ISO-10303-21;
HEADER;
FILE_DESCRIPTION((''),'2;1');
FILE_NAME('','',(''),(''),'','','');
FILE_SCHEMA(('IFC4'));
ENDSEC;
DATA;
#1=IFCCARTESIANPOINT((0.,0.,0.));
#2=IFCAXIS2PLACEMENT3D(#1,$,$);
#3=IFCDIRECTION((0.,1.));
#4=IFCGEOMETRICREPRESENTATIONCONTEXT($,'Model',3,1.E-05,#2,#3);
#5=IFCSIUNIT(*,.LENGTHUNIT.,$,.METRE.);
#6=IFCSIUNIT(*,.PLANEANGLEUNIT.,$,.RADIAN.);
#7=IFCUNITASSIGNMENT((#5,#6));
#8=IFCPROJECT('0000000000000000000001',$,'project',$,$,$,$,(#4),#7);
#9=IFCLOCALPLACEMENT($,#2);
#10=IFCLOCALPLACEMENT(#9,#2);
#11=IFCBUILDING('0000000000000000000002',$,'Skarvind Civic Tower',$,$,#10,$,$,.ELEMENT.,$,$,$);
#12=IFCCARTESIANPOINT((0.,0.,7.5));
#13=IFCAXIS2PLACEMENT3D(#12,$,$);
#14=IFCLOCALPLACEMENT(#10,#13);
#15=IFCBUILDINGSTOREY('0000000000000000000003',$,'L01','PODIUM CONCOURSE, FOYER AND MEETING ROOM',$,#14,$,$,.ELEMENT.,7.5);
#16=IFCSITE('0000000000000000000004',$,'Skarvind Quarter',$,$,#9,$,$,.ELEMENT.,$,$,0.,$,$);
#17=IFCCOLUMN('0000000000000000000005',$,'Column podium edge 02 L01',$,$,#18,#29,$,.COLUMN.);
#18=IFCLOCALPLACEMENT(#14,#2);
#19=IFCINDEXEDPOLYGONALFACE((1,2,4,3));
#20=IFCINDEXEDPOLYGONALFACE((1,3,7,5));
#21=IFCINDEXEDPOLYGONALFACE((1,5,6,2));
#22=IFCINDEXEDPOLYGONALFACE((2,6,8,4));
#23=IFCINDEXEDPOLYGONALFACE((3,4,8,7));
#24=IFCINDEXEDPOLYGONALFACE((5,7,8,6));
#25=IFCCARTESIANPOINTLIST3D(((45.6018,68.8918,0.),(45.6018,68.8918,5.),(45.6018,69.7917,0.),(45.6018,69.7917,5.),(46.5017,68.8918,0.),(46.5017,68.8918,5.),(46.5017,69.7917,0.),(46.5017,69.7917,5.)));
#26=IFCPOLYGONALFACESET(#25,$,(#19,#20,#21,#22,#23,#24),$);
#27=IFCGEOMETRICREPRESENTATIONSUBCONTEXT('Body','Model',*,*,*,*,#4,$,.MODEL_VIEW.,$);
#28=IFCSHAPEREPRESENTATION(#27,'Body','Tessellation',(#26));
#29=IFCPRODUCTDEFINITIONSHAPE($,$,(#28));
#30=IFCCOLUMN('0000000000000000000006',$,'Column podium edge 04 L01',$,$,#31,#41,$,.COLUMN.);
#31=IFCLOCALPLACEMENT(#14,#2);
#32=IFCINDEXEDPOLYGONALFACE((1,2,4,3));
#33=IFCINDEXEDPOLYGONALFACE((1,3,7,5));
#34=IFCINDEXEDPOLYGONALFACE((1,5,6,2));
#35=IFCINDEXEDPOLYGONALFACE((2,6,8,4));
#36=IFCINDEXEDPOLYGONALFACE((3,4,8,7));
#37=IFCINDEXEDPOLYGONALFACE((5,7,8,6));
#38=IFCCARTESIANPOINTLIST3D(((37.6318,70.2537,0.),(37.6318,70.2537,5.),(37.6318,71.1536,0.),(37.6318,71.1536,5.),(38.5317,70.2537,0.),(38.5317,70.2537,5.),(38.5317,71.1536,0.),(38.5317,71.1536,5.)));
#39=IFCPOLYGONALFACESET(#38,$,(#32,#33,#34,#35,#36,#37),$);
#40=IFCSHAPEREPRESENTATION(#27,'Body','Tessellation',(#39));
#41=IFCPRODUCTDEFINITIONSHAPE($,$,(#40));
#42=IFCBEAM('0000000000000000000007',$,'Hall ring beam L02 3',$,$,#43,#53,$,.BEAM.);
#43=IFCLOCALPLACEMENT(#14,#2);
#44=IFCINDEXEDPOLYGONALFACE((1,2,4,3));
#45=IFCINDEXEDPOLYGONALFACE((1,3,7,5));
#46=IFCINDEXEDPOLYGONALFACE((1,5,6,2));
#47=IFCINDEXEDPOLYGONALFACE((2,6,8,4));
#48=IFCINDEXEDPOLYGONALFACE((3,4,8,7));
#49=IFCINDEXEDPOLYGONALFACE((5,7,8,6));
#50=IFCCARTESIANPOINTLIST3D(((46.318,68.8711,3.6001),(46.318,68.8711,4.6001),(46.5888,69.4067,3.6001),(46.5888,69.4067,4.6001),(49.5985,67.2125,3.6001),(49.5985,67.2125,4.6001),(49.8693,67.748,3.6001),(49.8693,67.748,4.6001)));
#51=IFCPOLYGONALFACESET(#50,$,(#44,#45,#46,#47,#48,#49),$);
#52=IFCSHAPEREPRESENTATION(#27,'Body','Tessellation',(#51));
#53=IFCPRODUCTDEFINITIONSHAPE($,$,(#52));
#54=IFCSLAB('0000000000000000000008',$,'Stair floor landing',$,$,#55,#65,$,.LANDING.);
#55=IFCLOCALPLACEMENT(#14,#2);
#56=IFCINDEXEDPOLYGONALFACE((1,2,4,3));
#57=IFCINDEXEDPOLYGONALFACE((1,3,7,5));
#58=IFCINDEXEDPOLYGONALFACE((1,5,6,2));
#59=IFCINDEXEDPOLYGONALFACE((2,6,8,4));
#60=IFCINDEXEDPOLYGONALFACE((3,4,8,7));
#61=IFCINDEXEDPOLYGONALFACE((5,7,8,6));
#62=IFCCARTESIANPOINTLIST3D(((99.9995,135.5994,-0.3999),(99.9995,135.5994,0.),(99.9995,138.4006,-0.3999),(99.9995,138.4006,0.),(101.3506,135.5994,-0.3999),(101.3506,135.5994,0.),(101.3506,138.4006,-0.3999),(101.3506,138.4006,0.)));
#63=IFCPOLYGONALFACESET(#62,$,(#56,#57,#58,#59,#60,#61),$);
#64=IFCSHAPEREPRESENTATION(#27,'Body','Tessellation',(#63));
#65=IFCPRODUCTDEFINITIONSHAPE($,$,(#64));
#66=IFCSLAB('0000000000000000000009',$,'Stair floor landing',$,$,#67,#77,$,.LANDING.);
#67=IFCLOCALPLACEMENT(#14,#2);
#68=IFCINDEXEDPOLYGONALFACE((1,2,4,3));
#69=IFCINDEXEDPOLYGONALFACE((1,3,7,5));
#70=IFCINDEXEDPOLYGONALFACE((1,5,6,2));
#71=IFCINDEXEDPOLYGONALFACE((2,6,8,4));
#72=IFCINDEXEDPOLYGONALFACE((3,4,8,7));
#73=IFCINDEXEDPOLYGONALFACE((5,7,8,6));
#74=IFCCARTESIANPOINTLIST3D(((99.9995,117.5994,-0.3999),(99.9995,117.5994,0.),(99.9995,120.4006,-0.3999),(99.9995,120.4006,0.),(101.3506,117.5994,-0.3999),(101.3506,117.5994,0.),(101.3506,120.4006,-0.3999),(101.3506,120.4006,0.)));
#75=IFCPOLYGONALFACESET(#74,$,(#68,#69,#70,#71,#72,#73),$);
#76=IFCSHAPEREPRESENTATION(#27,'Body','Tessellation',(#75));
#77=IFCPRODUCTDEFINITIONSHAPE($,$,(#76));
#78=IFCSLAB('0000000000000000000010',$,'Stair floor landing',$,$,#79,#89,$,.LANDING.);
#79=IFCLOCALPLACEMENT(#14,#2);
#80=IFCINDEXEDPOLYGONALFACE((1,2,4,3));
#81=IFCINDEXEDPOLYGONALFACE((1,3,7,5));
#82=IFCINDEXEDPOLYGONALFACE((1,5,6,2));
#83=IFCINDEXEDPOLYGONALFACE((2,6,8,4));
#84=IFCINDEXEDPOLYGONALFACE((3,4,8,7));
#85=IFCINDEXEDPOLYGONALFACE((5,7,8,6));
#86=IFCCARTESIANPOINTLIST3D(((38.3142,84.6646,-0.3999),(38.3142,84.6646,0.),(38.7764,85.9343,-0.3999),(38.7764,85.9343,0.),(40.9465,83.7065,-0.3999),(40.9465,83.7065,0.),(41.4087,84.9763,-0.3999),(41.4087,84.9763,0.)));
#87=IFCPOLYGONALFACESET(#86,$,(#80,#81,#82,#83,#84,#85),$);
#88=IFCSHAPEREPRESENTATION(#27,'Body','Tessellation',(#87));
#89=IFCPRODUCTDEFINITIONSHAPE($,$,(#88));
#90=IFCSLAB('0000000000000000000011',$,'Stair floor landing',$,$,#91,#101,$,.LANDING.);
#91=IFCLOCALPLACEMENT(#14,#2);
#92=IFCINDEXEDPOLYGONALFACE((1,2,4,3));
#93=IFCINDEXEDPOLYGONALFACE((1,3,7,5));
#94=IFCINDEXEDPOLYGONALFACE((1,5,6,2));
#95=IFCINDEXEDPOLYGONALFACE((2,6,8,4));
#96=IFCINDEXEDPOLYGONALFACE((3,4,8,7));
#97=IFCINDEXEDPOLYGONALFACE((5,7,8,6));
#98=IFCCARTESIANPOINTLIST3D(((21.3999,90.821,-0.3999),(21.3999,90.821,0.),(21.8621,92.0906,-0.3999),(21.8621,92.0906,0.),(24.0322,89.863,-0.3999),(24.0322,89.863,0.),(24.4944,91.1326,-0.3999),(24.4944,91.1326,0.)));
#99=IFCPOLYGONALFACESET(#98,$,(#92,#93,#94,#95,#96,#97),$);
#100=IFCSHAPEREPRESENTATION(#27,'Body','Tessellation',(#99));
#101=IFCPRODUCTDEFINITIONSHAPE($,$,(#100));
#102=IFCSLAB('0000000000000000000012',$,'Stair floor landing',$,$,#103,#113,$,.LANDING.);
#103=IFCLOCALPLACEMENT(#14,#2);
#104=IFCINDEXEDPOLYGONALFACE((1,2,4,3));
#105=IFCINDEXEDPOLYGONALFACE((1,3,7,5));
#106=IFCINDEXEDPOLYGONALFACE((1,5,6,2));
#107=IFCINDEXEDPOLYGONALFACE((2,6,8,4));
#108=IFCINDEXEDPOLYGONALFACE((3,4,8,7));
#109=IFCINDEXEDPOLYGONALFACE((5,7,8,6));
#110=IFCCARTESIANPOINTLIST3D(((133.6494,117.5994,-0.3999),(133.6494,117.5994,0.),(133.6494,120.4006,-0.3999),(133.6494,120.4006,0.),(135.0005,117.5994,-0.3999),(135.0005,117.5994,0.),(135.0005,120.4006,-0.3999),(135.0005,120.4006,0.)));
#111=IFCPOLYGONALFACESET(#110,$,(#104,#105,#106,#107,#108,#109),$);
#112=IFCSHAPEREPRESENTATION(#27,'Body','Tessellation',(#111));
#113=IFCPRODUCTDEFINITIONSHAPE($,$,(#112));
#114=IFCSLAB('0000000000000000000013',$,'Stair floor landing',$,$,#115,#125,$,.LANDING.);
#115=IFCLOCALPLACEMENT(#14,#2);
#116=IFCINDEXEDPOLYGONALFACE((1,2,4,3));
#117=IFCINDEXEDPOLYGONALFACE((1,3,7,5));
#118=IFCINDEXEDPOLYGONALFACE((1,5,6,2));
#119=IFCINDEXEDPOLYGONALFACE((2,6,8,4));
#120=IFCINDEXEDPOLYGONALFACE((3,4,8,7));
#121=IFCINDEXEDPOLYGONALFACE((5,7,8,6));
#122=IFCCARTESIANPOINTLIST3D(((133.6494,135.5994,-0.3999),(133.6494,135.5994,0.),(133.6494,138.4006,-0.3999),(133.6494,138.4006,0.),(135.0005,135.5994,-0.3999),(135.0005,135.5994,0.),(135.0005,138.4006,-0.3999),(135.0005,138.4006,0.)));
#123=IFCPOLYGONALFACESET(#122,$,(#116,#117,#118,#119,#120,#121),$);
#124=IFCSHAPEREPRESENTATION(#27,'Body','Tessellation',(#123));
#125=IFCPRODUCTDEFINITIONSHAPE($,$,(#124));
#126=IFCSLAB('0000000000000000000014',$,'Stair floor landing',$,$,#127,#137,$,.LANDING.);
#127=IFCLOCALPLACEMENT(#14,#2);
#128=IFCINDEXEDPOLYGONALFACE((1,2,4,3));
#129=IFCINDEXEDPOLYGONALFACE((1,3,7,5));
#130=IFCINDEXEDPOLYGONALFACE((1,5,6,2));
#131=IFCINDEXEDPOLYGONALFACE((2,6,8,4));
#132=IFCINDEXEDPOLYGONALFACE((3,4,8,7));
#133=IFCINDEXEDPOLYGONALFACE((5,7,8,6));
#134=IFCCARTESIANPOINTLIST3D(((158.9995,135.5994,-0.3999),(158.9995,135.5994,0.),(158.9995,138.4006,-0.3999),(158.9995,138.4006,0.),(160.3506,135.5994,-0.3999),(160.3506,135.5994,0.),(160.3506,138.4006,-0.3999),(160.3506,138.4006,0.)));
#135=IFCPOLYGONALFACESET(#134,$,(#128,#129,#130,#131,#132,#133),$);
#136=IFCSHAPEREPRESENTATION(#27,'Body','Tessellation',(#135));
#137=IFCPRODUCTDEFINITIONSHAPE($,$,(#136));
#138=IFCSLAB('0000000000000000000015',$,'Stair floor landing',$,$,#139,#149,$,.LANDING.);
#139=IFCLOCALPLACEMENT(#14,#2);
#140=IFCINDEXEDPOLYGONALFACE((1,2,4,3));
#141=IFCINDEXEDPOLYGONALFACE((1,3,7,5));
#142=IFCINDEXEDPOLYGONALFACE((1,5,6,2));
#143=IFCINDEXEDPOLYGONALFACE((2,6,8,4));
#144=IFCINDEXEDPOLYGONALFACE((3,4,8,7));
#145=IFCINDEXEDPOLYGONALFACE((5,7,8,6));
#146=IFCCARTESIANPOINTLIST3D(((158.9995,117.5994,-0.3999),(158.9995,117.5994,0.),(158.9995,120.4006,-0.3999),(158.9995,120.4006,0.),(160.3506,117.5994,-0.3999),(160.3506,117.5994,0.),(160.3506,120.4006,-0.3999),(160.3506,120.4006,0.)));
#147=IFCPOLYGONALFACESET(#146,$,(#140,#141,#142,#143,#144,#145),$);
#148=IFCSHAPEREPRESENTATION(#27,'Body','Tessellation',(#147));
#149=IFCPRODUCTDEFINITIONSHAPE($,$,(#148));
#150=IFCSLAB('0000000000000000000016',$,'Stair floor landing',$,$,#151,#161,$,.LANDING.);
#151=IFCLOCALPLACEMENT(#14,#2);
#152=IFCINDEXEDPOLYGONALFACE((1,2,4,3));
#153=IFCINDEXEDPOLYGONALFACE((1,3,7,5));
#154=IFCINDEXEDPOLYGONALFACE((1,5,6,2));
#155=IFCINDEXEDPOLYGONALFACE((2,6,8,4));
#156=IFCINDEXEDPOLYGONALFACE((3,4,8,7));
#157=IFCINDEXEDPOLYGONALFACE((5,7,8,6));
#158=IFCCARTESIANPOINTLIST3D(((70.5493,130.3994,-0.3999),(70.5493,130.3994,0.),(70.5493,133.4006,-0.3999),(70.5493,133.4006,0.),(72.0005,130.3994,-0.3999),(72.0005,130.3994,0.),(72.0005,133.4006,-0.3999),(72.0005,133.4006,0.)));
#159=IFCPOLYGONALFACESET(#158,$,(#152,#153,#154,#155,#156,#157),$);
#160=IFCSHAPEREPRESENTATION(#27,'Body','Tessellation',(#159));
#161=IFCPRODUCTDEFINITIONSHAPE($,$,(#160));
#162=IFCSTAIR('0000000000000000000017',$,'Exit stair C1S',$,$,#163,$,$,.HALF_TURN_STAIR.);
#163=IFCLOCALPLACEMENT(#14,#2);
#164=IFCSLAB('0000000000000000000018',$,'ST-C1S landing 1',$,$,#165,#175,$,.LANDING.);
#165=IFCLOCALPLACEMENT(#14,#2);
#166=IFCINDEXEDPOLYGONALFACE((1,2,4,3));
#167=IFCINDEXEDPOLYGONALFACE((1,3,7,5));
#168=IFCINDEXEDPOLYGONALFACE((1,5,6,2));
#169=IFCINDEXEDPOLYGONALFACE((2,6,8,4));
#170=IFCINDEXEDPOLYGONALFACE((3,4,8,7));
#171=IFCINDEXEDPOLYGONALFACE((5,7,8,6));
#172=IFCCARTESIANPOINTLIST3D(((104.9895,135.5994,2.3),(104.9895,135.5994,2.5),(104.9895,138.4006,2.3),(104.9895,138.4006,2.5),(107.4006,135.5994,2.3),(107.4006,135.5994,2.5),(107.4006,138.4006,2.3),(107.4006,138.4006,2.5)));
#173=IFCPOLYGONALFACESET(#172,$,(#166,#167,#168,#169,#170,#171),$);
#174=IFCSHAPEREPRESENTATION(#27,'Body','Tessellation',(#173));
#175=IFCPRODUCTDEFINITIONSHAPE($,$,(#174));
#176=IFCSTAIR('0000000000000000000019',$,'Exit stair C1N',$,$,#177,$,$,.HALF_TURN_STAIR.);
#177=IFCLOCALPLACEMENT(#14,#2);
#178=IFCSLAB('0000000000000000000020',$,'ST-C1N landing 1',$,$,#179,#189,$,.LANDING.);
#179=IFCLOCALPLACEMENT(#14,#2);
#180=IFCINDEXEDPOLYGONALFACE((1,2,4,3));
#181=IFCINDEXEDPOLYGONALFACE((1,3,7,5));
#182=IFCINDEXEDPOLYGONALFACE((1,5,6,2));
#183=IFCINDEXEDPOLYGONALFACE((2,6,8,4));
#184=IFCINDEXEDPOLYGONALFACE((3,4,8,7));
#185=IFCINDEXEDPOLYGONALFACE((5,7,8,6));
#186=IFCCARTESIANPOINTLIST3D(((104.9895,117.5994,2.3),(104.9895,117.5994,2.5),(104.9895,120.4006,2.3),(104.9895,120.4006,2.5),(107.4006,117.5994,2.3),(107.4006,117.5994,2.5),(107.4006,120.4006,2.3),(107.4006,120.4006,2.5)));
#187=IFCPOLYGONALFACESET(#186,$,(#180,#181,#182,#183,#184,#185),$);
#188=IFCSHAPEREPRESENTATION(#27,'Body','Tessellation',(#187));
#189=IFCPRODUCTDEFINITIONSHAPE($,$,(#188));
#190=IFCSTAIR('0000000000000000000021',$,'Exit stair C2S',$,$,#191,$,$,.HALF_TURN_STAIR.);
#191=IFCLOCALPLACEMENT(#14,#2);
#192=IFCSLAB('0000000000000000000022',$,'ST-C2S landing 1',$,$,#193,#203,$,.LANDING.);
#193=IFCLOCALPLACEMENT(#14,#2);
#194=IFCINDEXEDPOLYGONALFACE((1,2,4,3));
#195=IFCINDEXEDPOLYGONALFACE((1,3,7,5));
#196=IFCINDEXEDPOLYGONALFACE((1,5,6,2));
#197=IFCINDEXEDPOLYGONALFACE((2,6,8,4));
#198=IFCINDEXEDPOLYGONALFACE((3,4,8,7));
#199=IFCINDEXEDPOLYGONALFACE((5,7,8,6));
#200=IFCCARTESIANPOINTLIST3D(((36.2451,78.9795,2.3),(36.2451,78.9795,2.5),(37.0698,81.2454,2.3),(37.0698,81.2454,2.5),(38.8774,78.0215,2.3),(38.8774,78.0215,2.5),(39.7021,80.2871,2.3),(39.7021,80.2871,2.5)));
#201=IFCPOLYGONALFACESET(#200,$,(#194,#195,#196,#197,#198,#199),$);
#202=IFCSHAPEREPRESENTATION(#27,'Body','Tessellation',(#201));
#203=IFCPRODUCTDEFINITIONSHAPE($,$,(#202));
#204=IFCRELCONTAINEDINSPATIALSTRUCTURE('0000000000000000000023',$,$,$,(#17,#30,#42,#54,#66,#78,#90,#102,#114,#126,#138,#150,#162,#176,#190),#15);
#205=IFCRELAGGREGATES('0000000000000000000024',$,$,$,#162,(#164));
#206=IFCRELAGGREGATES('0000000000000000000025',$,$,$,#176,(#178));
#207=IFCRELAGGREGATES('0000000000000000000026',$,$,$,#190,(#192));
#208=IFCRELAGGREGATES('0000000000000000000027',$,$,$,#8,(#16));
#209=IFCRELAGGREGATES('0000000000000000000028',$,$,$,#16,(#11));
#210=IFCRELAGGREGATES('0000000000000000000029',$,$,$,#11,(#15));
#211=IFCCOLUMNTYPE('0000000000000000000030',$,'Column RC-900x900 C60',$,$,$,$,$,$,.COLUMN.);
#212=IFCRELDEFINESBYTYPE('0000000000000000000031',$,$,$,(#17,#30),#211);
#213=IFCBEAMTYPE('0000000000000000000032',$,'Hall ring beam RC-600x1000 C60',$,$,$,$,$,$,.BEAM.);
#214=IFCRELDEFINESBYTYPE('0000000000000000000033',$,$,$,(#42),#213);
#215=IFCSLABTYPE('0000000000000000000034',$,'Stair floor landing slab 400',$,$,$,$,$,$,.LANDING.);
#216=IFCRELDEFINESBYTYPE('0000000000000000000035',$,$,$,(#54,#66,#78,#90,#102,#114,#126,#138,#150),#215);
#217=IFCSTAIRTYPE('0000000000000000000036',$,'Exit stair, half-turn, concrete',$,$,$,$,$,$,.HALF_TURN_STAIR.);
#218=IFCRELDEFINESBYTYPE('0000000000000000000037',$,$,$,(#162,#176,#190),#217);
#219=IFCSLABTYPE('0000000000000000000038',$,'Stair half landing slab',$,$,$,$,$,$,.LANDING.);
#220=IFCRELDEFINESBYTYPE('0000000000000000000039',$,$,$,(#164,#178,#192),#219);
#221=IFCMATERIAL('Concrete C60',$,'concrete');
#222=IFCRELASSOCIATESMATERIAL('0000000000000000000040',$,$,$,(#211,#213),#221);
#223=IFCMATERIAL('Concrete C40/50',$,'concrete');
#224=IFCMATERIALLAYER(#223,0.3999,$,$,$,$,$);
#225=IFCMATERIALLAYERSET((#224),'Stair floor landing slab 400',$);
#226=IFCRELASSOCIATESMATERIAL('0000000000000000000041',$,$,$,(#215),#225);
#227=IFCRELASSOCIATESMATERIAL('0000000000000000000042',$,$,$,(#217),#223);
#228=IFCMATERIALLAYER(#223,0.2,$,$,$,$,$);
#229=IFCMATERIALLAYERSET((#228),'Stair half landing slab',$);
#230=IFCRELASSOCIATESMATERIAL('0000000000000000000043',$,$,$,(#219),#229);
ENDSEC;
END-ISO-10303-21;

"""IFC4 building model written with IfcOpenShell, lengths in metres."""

from ifc_helpers import new_model, si_unit, direction, frame, origin, origin_2d, place, context, subcontext, project, spatial, polyline, rectangle, outline, extrude, material, layer, layer_set, material_profile, profile_set, type_object, element, aggregate, save


model = new_model("IFC4")

# Units and contexts
model_context = context("Model", 3, precision=1e-05, world=origin(), true_north=direction((0.0, 1.0)))
body_context = subcontext(model_context, "Body", "Model", "MODEL_VIEW")
ifc_project = project(units=[si_unit("LENGTHUNIT", "METRE"), si_unit("PLANEANGLEUNIT", "RADIAN")], contexts=[model_context])

# Site, building, storey
site_placement = place(None, origin())
site = spatial("IfcSite", under=ifc_project, at=site_placement, Name="Skarvind Quarter", CompositionType="ELEMENT", RefElevation=0.0)
building_placement = place(site_placement, origin())
building = spatial("IfcBuilding", under=site, at=building_placement, Name="Skarvind Civic Tower", CompositionType="ELEMENT")
storey_placement = place(building_placement, frame((0.0, 0.0, 7.5)))
storey = spatial("IfcBuildingStorey", under=building, at=storey_placement, Name="L01", Description="PODIUM CONCOURSE, FOYER AND MEETING ROOM", CompositionType="ELEMENT", Elevation=7.5)

# Columns
ifc_material_1 = material(Name="Concrete C60", Category="concrete")
ifc_material_profile_1 = material_profile(ifc_material_1, rectangle(XDim=0.8999, YDim=0.8999, at=origin_2d()), Name="RC-900x900")
ifc_profile_set_1 = profile_set([ifc_material_profile_1], Name="Concrete C60")
column_type = type_object("IfcColumnType", Name="Column RC-900x900 C60", PredefinedType="COLUMN", material=ifc_profile_set_1)
for number, where, z_axis, x_axis, name in (
    (1, (46.0518, 69.3418, 0.0), (0.0, 0.0, 1.0), (1.0, 0.0, 0.0), "Column podium edge 02 L01"),
    (2, (38.0818, 70.7036, 0.0), (0.0, 0.0, 1.0), (1.0, 0.0, 0.0), "Column podium edge 04 L01"),
):
    element("IfcColumn", number, at=place(storey_placement, frame(where, z_axis=z_axis, x_axis=x_axis)), inside=storey, type_object=column_type, Name=name, PredefinedType="COLUMN", context=body_context, shape_type="SweptSolid", body=[
        extrude(rectangle(XDim=0.8999, YDim=0.8999, at=origin_2d()), origin(), (0.0, 0.0, 1.0), 5.0),
    ])

# Beam
ifc_material_profile_2 = material_profile(ifc_material_1, rectangle(XDim=0.6001, YDim=1.0, at=origin_2d()), Name="RC-600x1000")
ifc_profile_set_2 = profile_set([ifc_material_profile_2], Name="Concrete C60")
beam_type = type_object("IfcBeamType", Name="Hall ring beam RC-600x1000 C60", PredefinedType="BEAM", material=ifc_profile_set_2)
beam_placement = place(storey_placement, frame((46.4534, 69.1389, 4.1001), z_axis=(0.892412, -0.451221, 0.0), x_axis=(0.451221, 0.892412, 0.0)))
element("IfcBeam", 3, at=beam_placement, inside=storey, type_object=beam_type, Name="Hall ring beam L02 3", PredefinedType="BEAM", context=body_context, shape_type="SweptSolid", body=[
    extrude(rectangle(XDim=0.6001, YDim=1.0, at=origin_2d()), origin(), (0.0, 0.0, 1.0), 3.676),
])

# Slabs
ifc_material_2 = material(Name="Concrete C40/50", Category="concrete")
ifc_layer_1 = layer(ifc_material_2, 0.3999)
ifc_layer_set_1 = layer_set([ifc_layer_1], Name="Stair floor landing slab 400")
slab_type_1 = type_object("IfcSlabType", Name="Stair floor landing slab 400", PredefinedType="LANDING", material=ifc_layer_set_1)
slab_1_placement = place(storey_placement, frame((0.0, 0.0, -0.3999)))
element("IfcSlab", 4, at=slab_1_placement, inside=storey, type_object=slab_type_1, Name="Stair floor landing", PredefinedType="LANDING", context=body_context, shape_type="SweptSolid", body=[
    extrude(outline(polyline([(101.3506, 138.4006), (101.3506, 135.5994), (99.9995, 135.5994), (99.9995, 138.4006), (101.3506, 138.4006)])), origin(), (0.0, 0.0, 1.0), 0.3999),
])
slab_2_placement = place(storey_placement, frame((0.0, 0.0, -0.3999)))
element("IfcSlab", 5, at=slab_2_placement, inside=storey, type_object=slab_type_1, Name="Stair floor landing", PredefinedType="LANDING", context=body_context, shape_type="SweptSolid", body=[
    extrude(outline(polyline([(101.3506, 120.4006), (101.3506, 117.5994), (99.9995, 117.5994), (99.9995, 120.4006), (101.3506, 120.4006)])), origin(), (0.0, 0.0, 1.0), 0.3999),
])
slab_3_placement = place(storey_placement, frame((0.0, 0.0, -0.3999)))
element("IfcSlab", 6, at=slab_3_placement, inside=storey, type_object=slab_type_1, Name="Stair floor landing", PredefinedType="LANDING", context=body_context, shape_type="SweptSolid", body=[
    extrude(outline(polyline([(40.9465, 83.7065), (38.3142, 84.6646), (38.7764, 85.9343), (41.4087, 84.9763), (40.9465, 83.7065)])), origin(), (0.0, 0.0, 1.0), 0.3999),
])
slab_4_placement = place(storey_placement, frame((0.0, 0.0, -0.3999)))
element("IfcSlab", 7, at=slab_4_placement, inside=storey, type_object=slab_type_1, Name="Stair floor landing", PredefinedType="LANDING", context=body_context, shape_type="SweptSolid", body=[
    extrude(outline(polyline([(24.0322, 89.863), (21.3999, 90.821), (21.8621, 92.0906), (24.4944, 91.1326), (24.0322, 89.863)])), origin(), (0.0, 0.0, 1.0), 0.3999),
])
slab_5_placement = place(storey_placement, frame((0.0, 0.0, -0.3999)))
element("IfcSlab", 8, at=slab_5_placement, inside=storey, type_object=slab_type_1, Name="Stair floor landing", PredefinedType="LANDING", context=body_context, shape_type="SweptSolid", body=[
    extrude(outline(polyline([(133.6494, 117.5994), (133.6494, 120.4006), (135.0005, 120.4006), (135.0005, 117.5994), (133.6494, 117.5994)])), origin(), (0.0, 0.0, 1.0), 0.3999),
])
slab_6_placement = place(storey_placement, frame((0.0, 0.0, -0.3999)))
element("IfcSlab", 9, at=slab_6_placement, inside=storey, type_object=slab_type_1, Name="Stair floor landing", PredefinedType="LANDING", context=body_context, shape_type="SweptSolid", body=[
    extrude(outline(polyline([(133.6494, 135.5994), (133.6494, 138.4006), (135.0005, 138.4006), (135.0005, 135.5994), (133.6494, 135.5994)])), origin(), (0.0, 0.0, 1.0), 0.3999),
])
slab_7_placement = place(storey_placement, frame((0.0, 0.0, -0.3999)))
element("IfcSlab", 10, at=slab_7_placement, inside=storey, type_object=slab_type_1, Name="Stair floor landing", PredefinedType="LANDING", context=body_context, shape_type="SweptSolid", body=[
    extrude(outline(polyline([(160.3506, 138.4006), (160.3506, 135.5994), (158.9995, 135.5994), (158.9995, 138.4006), (160.3506, 138.4006)])), origin(), (0.0, 0.0, 1.0), 0.3999),
])
slab_8_placement = place(storey_placement, frame((0.0, 0.0, -0.3999)))
element("IfcSlab", 11, at=slab_8_placement, inside=storey, type_object=slab_type_1, Name="Stair floor landing", PredefinedType="LANDING", context=body_context, shape_type="SweptSolid", body=[
    extrude(outline(polyline([(160.3506, 120.4006), (160.3506, 117.5994), (158.9995, 117.5994), (158.9995, 120.4006), (160.3506, 120.4006)])), origin(), (0.0, 0.0, 1.0), 0.3999),
])
slab_9_placement = place(storey_placement, frame((0.0, 0.0, -0.3999)))
element("IfcSlab", 12, at=slab_9_placement, inside=storey, type_object=slab_type_1, Name="Stair floor landing", PredefinedType="LANDING", context=body_context, shape_type="SweptSolid", body=[
    extrude(outline(polyline([(70.5493, 130.3994), (70.5493, 133.4006), (72.0005, 133.4006), (72.0005, 130.3994), (70.5493, 130.3994)])), origin(), (0.0, 0.0, 1.0), 0.3999),
])

# Stairs, slabs
stair_type_1 = type_object("IfcStairType", Name="Exit stair, half-turn, concrete", PredefinedType="HALF_TURN_STAIR", material=ifc_material_2)
stair_1_placement = place(storey_placement, origin())
stair_1 = element("IfcStair", 13, at=stair_1_placement, inside=storey, type_object=stair_type_1, Name="Exit stair C1S", PredefinedType="HALF_TURN_STAIR")
ifc_layer_2 = layer(ifc_material_2, 0.2)
ifc_layer_set_2 = layer_set([ifc_layer_2], Name="Stair half landing slab")
slab_type_2 = type_object("IfcSlabType", Name="Stair half landing slab", PredefinedType="LANDING", material=ifc_layer_set_2)
slab_10_placement = place(storey_placement, frame((0.0, 0.0, 2.3)))
slab_10 = element("IfcSlab", 14, at=slab_10_placement, type_object=slab_type_2, Name="ST-C1S landing 1", PredefinedType="LANDING", context=body_context, shape_type="SweptSolid", body=[
    extrude(outline(polyline([(104.9895, 135.5994), (104.9895, 138.4006), (107.4006, 138.4006), (107.4006, 135.5994), (104.9895, 135.5994)])), origin(), (0.0, 0.0, 1.0), 0.2),
])
aggregate(stair_1, [slab_10])
stair_2_placement = place(storey_placement, origin())
stair_2 = element("IfcStair", 15, at=stair_2_placement, inside=storey, type_object=stair_type_1, Name="Exit stair C1N", PredefinedType="HALF_TURN_STAIR")
slab_11_placement = place(storey_placement, frame((0.0, 0.0, 2.3)))
slab_11 = element("IfcSlab", 16, at=slab_11_placement, type_object=slab_type_2, Name="ST-C1N landing 1", PredefinedType="LANDING", context=body_context, shape_type="SweptSolid", body=[
    extrude(outline(polyline([(104.9895, 117.5994), (104.9895, 120.4006), (107.4006, 120.4006), (107.4006, 117.5994), (104.9895, 117.5994)])), origin(), (0.0, 0.0, 1.0), 0.2),
])
aggregate(stair_2, [slab_11])
stair_3_placement = place(storey_placement, origin())
stair_3 = element("IfcStair", 17, at=stair_3_placement, inside=storey, type_object=stair_type_1, Name="Exit stair C2S", PredefinedType="HALF_TURN_STAIR")
slab_12_placement = place(storey_placement, frame((0.0, 0.0, 2.3)))
slab_12 = element("IfcSlab", 18, at=slab_12_placement, type_object=slab_type_2, Name="ST-C2S landing 1", PredefinedType="LANDING", context=body_context, shape_type="SweptSolid", body=[
    extrude(outline(polyline([(37.0698, 81.2454), (39.7021, 80.2871), (38.8774, 78.0215), (36.2451, 78.9795), (37.0698, 81.2454)])), origin(), (0.0, 0.0, 1.0), 0.2),
])
aggregate(stair_3, [slab_12])

save(model, "model.ifc")
